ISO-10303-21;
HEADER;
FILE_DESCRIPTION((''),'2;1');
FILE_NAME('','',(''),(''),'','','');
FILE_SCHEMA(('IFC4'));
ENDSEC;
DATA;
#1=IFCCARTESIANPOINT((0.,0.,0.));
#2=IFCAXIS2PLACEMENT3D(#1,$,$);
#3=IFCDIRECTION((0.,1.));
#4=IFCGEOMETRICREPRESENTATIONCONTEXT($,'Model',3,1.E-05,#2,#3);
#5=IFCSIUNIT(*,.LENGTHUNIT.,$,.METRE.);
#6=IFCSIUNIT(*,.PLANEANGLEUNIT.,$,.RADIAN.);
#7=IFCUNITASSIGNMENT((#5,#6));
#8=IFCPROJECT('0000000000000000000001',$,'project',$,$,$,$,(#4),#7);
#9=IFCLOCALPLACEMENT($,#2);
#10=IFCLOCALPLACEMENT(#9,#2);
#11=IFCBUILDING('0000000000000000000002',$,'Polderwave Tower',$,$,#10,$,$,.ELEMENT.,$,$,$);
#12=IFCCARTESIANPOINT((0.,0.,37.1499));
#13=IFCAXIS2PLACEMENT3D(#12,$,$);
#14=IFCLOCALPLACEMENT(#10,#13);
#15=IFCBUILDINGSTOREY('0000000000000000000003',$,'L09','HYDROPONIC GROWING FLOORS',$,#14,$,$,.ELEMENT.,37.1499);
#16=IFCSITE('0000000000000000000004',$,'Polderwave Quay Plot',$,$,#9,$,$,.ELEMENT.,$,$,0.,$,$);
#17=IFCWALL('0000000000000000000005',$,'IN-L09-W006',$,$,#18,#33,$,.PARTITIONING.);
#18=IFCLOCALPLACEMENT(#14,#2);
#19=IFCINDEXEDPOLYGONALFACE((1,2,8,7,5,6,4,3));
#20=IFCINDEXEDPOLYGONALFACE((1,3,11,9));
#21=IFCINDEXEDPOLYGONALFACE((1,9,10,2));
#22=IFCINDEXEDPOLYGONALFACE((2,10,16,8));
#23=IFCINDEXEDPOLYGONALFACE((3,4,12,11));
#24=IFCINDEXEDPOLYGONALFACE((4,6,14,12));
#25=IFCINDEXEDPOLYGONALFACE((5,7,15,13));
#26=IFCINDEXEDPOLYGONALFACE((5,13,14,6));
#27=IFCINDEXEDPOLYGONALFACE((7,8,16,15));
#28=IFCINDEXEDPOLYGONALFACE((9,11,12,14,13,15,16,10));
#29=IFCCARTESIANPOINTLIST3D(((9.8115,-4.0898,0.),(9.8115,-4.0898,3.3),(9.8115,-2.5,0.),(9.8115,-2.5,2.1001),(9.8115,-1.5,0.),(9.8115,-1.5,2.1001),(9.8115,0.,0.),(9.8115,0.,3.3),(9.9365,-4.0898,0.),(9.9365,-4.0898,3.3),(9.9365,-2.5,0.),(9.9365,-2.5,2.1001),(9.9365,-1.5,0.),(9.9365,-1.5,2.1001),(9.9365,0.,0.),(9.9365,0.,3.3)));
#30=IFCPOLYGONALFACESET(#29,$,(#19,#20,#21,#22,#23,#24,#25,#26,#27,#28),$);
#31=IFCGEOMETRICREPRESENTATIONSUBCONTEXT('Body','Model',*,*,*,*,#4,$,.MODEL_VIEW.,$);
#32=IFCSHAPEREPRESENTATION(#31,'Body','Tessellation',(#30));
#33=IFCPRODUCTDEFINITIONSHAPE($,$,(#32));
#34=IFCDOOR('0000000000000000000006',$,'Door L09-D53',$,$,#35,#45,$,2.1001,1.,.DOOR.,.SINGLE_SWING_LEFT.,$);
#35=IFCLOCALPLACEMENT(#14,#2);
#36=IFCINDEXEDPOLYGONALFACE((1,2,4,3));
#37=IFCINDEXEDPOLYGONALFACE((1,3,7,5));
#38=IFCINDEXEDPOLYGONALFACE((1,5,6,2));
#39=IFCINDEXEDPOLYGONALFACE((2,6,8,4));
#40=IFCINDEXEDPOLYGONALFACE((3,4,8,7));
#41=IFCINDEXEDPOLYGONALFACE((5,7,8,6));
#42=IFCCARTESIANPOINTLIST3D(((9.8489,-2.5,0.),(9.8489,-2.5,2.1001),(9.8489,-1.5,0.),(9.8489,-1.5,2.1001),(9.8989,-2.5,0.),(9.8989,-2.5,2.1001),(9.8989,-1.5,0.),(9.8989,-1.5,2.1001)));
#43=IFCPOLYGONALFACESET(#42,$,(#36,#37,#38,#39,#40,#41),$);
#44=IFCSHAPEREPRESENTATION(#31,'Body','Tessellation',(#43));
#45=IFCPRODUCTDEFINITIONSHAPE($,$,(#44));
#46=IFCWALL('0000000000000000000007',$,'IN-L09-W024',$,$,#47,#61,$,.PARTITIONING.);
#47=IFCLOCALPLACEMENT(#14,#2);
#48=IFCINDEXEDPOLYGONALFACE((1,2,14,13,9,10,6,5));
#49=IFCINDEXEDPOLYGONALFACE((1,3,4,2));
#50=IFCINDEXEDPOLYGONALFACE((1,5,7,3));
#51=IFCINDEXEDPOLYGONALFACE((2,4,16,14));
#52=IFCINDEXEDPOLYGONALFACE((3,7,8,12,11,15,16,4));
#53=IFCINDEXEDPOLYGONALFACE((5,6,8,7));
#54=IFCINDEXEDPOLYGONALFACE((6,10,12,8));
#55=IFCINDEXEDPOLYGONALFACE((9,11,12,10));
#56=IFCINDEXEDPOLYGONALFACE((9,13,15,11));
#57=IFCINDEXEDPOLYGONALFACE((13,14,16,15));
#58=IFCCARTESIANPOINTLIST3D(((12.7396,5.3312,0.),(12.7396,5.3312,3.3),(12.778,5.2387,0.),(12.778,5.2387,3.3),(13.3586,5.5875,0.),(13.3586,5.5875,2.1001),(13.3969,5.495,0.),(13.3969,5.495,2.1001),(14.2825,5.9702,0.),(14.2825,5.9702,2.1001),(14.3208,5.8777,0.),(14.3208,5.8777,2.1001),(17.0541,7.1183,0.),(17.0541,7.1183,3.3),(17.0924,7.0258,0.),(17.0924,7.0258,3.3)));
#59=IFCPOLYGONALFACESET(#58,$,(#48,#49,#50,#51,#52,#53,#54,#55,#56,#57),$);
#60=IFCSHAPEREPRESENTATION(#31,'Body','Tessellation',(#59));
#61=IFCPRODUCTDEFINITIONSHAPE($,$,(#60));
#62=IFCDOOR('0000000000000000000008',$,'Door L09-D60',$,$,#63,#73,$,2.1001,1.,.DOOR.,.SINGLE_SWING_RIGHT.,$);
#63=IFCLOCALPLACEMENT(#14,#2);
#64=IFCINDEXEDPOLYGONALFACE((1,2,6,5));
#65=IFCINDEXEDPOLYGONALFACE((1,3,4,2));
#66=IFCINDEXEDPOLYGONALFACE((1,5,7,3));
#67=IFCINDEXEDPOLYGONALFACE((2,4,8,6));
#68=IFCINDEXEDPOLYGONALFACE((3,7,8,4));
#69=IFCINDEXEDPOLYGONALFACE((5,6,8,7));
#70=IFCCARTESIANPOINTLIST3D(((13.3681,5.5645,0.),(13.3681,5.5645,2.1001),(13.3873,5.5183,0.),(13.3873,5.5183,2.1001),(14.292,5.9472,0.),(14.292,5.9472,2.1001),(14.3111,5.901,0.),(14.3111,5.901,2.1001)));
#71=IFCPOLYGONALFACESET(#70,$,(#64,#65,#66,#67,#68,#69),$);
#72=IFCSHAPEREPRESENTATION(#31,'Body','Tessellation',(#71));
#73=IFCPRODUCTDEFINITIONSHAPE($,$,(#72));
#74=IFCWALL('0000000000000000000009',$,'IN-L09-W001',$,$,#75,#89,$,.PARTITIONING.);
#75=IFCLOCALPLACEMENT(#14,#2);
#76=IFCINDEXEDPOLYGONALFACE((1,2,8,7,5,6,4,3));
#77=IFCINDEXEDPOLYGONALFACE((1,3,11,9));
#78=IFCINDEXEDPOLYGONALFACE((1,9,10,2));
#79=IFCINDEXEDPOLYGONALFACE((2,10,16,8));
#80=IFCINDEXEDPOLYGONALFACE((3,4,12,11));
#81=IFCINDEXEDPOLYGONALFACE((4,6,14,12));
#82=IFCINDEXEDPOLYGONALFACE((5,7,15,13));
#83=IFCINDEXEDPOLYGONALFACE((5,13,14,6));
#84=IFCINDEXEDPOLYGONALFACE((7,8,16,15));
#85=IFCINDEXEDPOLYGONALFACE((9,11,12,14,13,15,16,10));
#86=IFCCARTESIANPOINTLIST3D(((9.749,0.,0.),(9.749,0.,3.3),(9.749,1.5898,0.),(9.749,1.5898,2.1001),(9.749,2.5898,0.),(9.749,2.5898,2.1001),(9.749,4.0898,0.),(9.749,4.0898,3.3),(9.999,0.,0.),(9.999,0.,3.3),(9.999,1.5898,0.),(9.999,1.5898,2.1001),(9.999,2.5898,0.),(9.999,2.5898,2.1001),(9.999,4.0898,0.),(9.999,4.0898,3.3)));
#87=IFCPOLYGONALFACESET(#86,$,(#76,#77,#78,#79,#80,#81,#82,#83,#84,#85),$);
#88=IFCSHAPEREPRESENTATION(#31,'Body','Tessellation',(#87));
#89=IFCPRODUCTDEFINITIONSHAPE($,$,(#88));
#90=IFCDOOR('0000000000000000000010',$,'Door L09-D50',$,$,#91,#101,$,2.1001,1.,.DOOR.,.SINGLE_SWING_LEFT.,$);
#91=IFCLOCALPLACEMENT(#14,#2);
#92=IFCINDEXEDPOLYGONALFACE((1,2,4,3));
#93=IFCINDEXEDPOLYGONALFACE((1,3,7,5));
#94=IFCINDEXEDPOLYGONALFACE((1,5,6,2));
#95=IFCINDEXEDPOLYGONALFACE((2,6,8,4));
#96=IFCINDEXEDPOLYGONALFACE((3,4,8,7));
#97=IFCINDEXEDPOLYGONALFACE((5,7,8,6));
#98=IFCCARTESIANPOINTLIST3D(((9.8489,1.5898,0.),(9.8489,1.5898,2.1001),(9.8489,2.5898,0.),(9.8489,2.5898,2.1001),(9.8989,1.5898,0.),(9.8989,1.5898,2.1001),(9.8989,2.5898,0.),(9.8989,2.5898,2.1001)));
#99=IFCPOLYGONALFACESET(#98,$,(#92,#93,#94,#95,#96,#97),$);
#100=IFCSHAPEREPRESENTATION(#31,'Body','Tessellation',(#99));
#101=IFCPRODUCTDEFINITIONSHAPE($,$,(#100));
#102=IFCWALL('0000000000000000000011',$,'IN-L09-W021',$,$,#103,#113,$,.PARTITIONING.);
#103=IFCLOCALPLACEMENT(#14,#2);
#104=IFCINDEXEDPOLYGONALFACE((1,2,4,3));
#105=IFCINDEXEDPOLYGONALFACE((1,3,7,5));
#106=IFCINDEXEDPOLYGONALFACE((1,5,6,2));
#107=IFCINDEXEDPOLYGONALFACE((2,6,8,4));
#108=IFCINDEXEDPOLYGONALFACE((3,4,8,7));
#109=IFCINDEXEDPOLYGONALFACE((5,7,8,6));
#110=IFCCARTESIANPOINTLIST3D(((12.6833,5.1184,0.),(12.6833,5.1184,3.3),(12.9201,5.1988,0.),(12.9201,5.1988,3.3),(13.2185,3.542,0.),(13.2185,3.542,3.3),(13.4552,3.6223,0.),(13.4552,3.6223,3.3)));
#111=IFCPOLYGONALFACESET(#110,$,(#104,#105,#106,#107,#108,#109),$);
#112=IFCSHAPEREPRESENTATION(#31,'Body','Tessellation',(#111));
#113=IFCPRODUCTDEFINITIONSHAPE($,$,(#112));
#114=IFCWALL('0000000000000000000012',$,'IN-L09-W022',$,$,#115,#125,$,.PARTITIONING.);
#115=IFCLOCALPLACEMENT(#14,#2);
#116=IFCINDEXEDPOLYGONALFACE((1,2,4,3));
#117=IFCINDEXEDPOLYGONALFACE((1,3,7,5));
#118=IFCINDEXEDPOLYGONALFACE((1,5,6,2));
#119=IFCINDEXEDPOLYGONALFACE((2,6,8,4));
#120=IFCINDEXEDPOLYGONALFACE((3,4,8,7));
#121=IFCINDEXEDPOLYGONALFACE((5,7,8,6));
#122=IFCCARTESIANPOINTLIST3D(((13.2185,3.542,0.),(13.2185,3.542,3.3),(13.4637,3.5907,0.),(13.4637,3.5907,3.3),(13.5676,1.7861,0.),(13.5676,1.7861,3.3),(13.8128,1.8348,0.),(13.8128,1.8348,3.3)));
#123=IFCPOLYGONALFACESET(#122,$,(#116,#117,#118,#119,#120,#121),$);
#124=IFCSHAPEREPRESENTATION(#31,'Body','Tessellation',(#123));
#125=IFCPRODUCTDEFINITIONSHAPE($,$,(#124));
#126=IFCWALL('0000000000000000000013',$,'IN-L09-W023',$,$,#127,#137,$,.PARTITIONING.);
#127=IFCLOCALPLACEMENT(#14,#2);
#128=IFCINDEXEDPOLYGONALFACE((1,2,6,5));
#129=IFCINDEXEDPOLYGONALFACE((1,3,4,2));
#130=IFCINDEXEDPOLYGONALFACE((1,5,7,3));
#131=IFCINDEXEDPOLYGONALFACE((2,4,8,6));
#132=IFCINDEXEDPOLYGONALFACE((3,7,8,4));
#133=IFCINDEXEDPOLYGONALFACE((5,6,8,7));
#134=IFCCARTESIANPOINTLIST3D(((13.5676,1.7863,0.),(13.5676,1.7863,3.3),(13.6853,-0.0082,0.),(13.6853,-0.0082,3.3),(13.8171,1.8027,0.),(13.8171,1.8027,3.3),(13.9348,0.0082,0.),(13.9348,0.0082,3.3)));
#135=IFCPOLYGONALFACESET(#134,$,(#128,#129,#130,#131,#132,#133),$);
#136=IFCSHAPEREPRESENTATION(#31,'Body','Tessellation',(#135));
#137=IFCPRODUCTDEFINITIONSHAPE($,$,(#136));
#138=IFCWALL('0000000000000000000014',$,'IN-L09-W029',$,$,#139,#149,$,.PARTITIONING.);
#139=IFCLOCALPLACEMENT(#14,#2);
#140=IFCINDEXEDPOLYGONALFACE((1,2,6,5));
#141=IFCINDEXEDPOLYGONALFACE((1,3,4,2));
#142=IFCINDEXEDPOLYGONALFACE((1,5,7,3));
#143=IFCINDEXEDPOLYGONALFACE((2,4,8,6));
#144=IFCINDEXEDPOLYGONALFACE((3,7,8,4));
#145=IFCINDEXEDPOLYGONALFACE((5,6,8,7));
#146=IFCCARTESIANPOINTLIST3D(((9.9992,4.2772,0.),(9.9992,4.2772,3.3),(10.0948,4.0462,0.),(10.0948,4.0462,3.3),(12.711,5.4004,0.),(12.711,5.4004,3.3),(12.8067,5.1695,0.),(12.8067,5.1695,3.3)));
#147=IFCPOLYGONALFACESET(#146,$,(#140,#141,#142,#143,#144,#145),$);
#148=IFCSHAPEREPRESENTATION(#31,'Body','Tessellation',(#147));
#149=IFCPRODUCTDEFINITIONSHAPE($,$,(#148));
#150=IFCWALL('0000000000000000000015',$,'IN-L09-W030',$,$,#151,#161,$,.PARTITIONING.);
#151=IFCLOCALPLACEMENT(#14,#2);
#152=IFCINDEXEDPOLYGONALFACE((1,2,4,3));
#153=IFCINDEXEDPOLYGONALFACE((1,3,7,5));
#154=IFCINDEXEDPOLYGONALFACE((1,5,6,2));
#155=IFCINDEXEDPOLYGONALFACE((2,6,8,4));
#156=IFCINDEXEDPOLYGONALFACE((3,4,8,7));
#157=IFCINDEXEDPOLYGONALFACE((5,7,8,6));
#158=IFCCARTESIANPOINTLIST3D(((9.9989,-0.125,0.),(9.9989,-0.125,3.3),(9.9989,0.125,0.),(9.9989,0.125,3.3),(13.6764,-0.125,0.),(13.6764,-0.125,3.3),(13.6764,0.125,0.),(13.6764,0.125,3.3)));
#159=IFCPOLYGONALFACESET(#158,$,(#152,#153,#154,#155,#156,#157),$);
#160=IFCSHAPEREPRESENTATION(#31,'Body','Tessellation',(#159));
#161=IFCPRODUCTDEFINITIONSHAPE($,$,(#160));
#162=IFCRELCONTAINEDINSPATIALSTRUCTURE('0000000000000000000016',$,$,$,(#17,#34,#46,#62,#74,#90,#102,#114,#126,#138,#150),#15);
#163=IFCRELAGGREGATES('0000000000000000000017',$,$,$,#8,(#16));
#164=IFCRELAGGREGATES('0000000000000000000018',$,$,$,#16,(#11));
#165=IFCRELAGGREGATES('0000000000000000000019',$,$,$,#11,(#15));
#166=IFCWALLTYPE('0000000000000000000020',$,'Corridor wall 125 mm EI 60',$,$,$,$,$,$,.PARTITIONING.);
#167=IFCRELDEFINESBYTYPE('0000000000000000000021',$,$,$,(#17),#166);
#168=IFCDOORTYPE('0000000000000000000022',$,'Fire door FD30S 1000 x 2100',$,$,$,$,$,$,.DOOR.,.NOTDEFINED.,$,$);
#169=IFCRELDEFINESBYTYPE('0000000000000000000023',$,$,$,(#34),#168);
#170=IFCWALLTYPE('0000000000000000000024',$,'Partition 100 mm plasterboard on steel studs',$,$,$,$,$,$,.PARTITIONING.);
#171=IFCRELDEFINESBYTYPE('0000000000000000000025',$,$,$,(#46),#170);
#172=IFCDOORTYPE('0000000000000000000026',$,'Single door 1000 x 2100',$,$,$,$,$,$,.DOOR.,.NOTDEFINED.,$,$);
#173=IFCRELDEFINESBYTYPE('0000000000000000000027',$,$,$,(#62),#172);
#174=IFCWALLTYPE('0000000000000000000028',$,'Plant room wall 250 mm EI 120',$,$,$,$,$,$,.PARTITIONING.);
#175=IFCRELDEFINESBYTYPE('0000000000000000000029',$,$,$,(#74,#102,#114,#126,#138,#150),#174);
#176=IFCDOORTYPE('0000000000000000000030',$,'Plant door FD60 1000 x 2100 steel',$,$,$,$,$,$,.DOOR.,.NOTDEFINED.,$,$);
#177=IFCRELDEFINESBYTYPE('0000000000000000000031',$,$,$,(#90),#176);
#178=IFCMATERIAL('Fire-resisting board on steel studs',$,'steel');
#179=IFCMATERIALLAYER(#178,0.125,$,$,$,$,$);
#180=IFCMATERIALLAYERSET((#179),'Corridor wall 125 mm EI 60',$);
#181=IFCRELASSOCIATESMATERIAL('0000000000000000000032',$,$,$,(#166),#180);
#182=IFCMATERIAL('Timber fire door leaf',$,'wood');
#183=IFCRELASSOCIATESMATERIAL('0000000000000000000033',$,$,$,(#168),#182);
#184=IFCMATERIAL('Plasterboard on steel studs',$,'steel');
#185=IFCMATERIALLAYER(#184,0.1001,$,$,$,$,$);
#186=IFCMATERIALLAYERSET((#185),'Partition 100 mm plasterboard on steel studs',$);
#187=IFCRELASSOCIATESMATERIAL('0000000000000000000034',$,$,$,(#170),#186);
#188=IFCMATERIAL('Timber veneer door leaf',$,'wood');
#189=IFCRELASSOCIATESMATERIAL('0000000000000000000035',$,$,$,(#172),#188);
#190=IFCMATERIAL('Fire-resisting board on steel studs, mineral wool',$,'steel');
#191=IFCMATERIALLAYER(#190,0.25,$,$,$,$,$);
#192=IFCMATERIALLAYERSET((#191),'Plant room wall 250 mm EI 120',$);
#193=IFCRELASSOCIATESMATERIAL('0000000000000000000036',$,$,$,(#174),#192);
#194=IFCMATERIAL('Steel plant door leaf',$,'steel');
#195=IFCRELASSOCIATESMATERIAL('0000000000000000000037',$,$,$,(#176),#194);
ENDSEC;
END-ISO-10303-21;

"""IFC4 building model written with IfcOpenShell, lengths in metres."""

from ifc_helpers import new_model, si_unit, direction, frame, frame_2d, origin, place, context, subcontext, project, spatial, rectangle, extrude, material, layer, layer_set, type_object, element, fill, save


model = new_model("IFC4")

# Units and contexts
model_context = context("Model", 3, precision=1e-05, world=origin(), true_north=direction((0.0, 1.0)))
body_context = subcontext(model_context, "Body", "Model", "MODEL_VIEW")
ifc_project = project(units=[si_unit("LENGTHUNIT", "METRE"), si_unit("PLANEANGLEUNIT", "RADIAN")], contexts=[model_context])

# Site, building, storey
site_placement = place(None, origin())
site = spatial("IfcSite", under=ifc_project, at=site_placement, Name="Polderwave Quay Plot", CompositionType="ELEMENT", RefElevation=0.0)
building_placement = place(site_placement, origin())
building = spatial("IfcBuilding", under=site, at=building_placement, Name="Polderwave Tower", CompositionType="ELEMENT")
storey_placement = place(building_placement, frame((0.0, 0.0, 37.1499)))
storey = spatial("IfcBuildingStorey", under=building, at=storey_placement, Name="L09", Description="HYDROPONIC GROWING FLOORS", CompositionType="ELEMENT", Elevation=37.1499)

# Walls, openings, doors
ifc_material_1 = material(Name="Fire-resisting board on steel studs", Category="steel")
ifc_layer_1 = layer(ifc_material_1, 0.125)
ifc_layer_set_1 = layer_set([ifc_layer_1], Name="Corridor wall 125 mm EI 60")
wall_type_1 = type_object("IfcWallType", Name="Corridor wall 125 mm EI 60", PredefinedType="PARTITIONING", material=ifc_layer_set_1)
wall_1_placement = place(storey_placement, frame((9.874, 0.0, 0.0), z_axis=(0.0, 0.0, 1.0), x_axis=(0.0, -1.0, 0.0)))
wall_1 = element("IfcWall", 1, at=wall_1_placement, inside=storey, type_object=wall_type_1, Name="IN-L09-W006", PredefinedType="PARTITIONING", context=body_context, shape_type="SweptSolid", body=[
    extrude(rectangle(XDim=4.0898, YDim=0.125, at=frame_2d((2.0449, 0.0))), origin(), (0.0, 0.0, 1.0), 3.3),
])
opening_1_placement = place(wall_1_placement, frame((1.5, 0.0, 0.0)))
opening_1 = element("IfcOpeningElement", 2, at=opening_1_placement, cuts=wall_1, PredefinedType="OPENING", context=body_context, shape_type="SweptSolid", body=[
    extrude(rectangle(XDim=1.0, YDim=2.1001, at=frame_2d((0.5, 1.05))), frame((0.0, 0.0725, 0.0), z_axis=(0.0, -1.0, 0.0), x_axis=(1.0, 0.0, 0.0)), (0.0, 0.0, 1.0), 0.145),
])
ifc_material_2 = material(Name="Timber fire door leaf", Category="wood")
door_type_1 = type_object("IfcDoorType", Name="Fire door FD30S 1000 x 2100", OperationType="NOTDEFINED", PredefinedType="DOOR", material=ifc_material_2)
door_1_placement = place(opening_1_placement, origin())
door_1 = element("IfcDoor", 3, at=door_1_placement, inside=storey, type_object=door_type_1, Name="Door L09-D53", OperationType="SINGLE_SWING_LEFT", OverallHeight=2.1001, OverallWidth=1.0, PredefinedType="DOOR", context=body_context, shape_type="SweptSolid", body=[
    extrude(rectangle(XDim=1.0, YDim=2.1001, at=frame_2d((0.5, 1.05))), frame((0.0, 0.0249, 0.0), z_axis=(0.0, -1.0, 0.0), x_axis=(1.0, 0.0, 0.0)), (0.0, 0.0, 1.0), 0.05),
])
fill(opening_1, door_1)
ifc_material_3 = material(Name="Plasterboard on steel studs", Category="steel")
ifc_layer_2 = layer(ifc_material_3, 0.1001)
ifc_layer_set_2 = layer_set([ifc_layer_2], Name="Partition 100 mm plasterboard on steel studs")
wall_type_2 = type_object("IfcWallType", Name="Partition 100 mm plasterboard on steel studs", PredefinedType="PARTITIONING", material=ifc_layer_set_2)
wall_2_placement = place(storey_placement, frame((17.0732, 7.072, 0.0), z_axis=(0.0, 0.0, 1.0), x_axis=(-0.923879, -0.382684, 0.0)))
wall_2 = element("IfcWall", 4, at=wall_2_placement, inside=storey, type_object=wall_type_2, Name="IN-L09-W024", PredefinedType="PARTITIONING", context=body_context, shape_type="SweptSolid", body=[
    extrude(rectangle(XDim=4.6699, YDim=0.1001, at=frame_2d((2.335, 0.0))), origin(), (0.0, 0.0, 1.0), 3.3),
])
opening_2_placement = place(wall_2_placement, frame((3.0, 0.0, 0.0)))
opening_2 = element("IfcOpeningElement", 5, at=opening_2_placement, cuts=wall_2, PredefinedType="OPENING", context=body_context, shape_type="SweptSolid", body=[
    extrude(rectangle(XDim=1.0, YDim=2.1001, at=frame_2d((0.5, 1.05))), frame((0.0, 0.0601, 0.0), z_axis=(0.0, -1.0, 0.0), x_axis=(1.0, 0.0, 0.0)), (0.0, 0.0, 1.0), 0.1201),
])
ifc_material_4 = material(Name="Timber veneer door leaf", Category="wood")
door_type_2 = type_object("IfcDoorType", Name="Single door 1000 x 2100", OperationType="NOTDEFINED", PredefinedType="DOOR", material=ifc_material_4)
door_2_placement = place(opening_2_placement, origin())
door_2 = element("IfcDoor", 6, at=door_2_placement, inside=storey, type_object=door_type_2, Name="Door L09-D60", OperationType="SINGLE_SWING_RIGHT", OverallHeight=2.1001, OverallWidth=1.0, PredefinedType="DOOR", context=body_context, shape_type="SweptSolid", body=[
    extrude(rectangle(XDim=1.0, YDim=2.1001, at=frame_2d((0.5, 1.05))), frame((0.0, 0.0249, 0.0), z_axis=(0.0, -1.0, 0.0), x_axis=(1.0, 0.0, 0.0)), (0.0, 0.0, 1.0), 0.05),
])
fill(opening_2, door_2)
ifc_material_5 = material(Name="Fire-resisting board on steel studs, mineral wool", Category="steel")
ifc_layer_3 = layer(ifc_material_5, 0.25)
ifc_layer_set_3 = layer_set([ifc_layer_3], Name="Plant room wall 250 mm EI 120")
wall_type_3 = type_object("IfcWallType", Name="Plant room wall 250 mm EI 120", PredefinedType="PARTITIONING", material=ifc_layer_set_3)
wall_3_placement = place(storey_placement, frame((9.874, 4.0898, 0.0), z_axis=(0.0, 0.0, 1.0), x_axis=(0.0, -1.0, 0.0)))
wall_3 = element("IfcWall", 7, at=wall_3_placement, inside=storey, type_object=wall_type_3, Name="IN-L09-W001", PredefinedType="PARTITIONING", context=body_context, shape_type="SweptSolid", body=[
    extrude(rectangle(XDim=4.0898, YDim=0.25, at=frame_2d((2.0449, 0.0))), origin(), (0.0, 0.0, 1.0), 3.3),
])
opening_3_placement = place(wall_3_placement, frame((1.5, 0.0, 0.0)))
opening_3 = element("IfcOpeningElement", 8, at=opening_3_placement, cuts=wall_3, PredefinedType="OPENING", context=body_context, shape_type="SweptSolid", body=[
    extrude(rectangle(XDim=1.0, YDim=2.1001, at=frame_2d((0.5, 1.05))), frame((0.0, 0.135, 0.0), z_axis=(0.0, -1.0, 0.0), x_axis=(1.0, 0.0, 0.0)), (0.0, 0.0, 1.0), 0.27),
])
ifc_material_6 = material(Name="Steel plant door leaf", Category="steel")
door_type_3 = type_object("IfcDoorType", Name="Plant door FD60 1000 x 2100 steel", OperationType="NOTDEFINED", PredefinedType="DOOR", material=ifc_material_6)
door_3_placement = place(opening_3_placement, origin())
door_3 = element("IfcDoor", 9, at=door_3_placement, inside=storey, type_object=door_type_3, Name="Door L09-D50", OperationType="SINGLE_SWING_LEFT", OverallHeight=2.1001, OverallWidth=1.0, PredefinedType="DOOR", context=body_context, shape_type="SweptSolid", body=[
    extrude(rectangle(XDim=1.0, YDim=2.1001, at=frame_2d((0.5, 1.05))), frame((0.0, 0.0249, 0.0), z_axis=(0.0, -1.0, 0.0), x_axis=(1.0, 0.0, 0.0)), (0.0, 0.0, 1.0), 0.05),
])
fill(opening_3, door_3)

# Walls
wall_4_placement = place(storey_placement, frame((13.3369, 3.582, 0.0), z_axis=(0.0, 0.0, 1.0), x_axis=(-0.321458, 0.946924, 0.0)))
element("IfcWall", 10, at=wall_4_placement, inside=storey, type_object=wall_type_3, Name="IN-L09-W021", PredefinedType="PARTITIONING", context=body_context, shape_type="SweptSolid", body=[
    extrude(rectangle(XDim=1.6648, YDim=0.25, at=frame_2d((0.8325, 0.0))), origin(), (0.0, 0.0, 1.0), 3.3),
])
wall_5_placement = place(storey_placement, frame((13.6902, 1.8105, 0.0), z_axis=(0.0, 0.0, 1.0), x_axis=(-0.195015, 0.9808, 0.0)))
element("IfcWall", 11, at=wall_5_placement, inside=storey, type_object=wall_type_3, Name="IN-L09-W022", PredefinedType="PARTITIONING", context=body_context, shape_type="SweptSolid", body=[
    extrude(rectangle(XDim=1.7903, YDim=0.25, at=frame_2d((0.895, 0.0))), origin(), (0.0, 0.0, 1.0), 3.3),
])
wall_6_placement = place(storey_placement, frame((13.8101, 0.0, 0.0), z_axis=(0.0, 0.0, 1.0), x_axis=(-0.065438, 0.997857, 0.0)))
element("IfcWall", 12, at=wall_6_placement, inside=storey, type_object=wall_type_3, Name="IN-L09-W023", PredefinedType="PARTITIONING", context=body_context, shape_type="SweptSolid", body=[
    extrude(rectangle(XDim=1.7983, YDim=0.25, at=frame_2d((0.8992, 0.0))), origin(), (0.0, 0.0, 1.0), 3.3),
])
wall_7_placement = place(storey_placement, frame((10.0469, 4.1616, 0.0), z_axis=(0.0, 0.0, 1.0), x_axis=(0.923882, 0.382677, 0.0)))
element("IfcWall", 13, at=wall_7_placement, inside=storey, type_object=wall_type_3, Name="IN-L09-W029", PredefinedType="PARTITIONING", context=body_context, shape_type="SweptSolid", body=[
    extrude(rectangle(XDim=2.9353, YDim=0.25, at=frame_2d((1.4678, 0.0))), origin(), (0.0, 0.0, 1.0), 3.3),
])
wall_8_placement = place(storey_placement, frame((13.6765, 0.0, 0.0), z_axis=(0.0, 0.0, 1.0), x_axis=(-1.0, 0.0, 0.0)))
element("IfcWall", 14, at=wall_8_placement, inside=storey, type_object=wall_type_3, Name="IN-L09-W030", PredefinedType="PARTITIONING", context=body_context, shape_type="SweptSolid", body=[
    extrude(rectangle(XDim=3.6775, YDim=0.25, at=frame_2d((1.8389, 0.0))), origin(), (0.0, 0.0, 1.0), 3.3),
])

save(model, "model.ifc")
